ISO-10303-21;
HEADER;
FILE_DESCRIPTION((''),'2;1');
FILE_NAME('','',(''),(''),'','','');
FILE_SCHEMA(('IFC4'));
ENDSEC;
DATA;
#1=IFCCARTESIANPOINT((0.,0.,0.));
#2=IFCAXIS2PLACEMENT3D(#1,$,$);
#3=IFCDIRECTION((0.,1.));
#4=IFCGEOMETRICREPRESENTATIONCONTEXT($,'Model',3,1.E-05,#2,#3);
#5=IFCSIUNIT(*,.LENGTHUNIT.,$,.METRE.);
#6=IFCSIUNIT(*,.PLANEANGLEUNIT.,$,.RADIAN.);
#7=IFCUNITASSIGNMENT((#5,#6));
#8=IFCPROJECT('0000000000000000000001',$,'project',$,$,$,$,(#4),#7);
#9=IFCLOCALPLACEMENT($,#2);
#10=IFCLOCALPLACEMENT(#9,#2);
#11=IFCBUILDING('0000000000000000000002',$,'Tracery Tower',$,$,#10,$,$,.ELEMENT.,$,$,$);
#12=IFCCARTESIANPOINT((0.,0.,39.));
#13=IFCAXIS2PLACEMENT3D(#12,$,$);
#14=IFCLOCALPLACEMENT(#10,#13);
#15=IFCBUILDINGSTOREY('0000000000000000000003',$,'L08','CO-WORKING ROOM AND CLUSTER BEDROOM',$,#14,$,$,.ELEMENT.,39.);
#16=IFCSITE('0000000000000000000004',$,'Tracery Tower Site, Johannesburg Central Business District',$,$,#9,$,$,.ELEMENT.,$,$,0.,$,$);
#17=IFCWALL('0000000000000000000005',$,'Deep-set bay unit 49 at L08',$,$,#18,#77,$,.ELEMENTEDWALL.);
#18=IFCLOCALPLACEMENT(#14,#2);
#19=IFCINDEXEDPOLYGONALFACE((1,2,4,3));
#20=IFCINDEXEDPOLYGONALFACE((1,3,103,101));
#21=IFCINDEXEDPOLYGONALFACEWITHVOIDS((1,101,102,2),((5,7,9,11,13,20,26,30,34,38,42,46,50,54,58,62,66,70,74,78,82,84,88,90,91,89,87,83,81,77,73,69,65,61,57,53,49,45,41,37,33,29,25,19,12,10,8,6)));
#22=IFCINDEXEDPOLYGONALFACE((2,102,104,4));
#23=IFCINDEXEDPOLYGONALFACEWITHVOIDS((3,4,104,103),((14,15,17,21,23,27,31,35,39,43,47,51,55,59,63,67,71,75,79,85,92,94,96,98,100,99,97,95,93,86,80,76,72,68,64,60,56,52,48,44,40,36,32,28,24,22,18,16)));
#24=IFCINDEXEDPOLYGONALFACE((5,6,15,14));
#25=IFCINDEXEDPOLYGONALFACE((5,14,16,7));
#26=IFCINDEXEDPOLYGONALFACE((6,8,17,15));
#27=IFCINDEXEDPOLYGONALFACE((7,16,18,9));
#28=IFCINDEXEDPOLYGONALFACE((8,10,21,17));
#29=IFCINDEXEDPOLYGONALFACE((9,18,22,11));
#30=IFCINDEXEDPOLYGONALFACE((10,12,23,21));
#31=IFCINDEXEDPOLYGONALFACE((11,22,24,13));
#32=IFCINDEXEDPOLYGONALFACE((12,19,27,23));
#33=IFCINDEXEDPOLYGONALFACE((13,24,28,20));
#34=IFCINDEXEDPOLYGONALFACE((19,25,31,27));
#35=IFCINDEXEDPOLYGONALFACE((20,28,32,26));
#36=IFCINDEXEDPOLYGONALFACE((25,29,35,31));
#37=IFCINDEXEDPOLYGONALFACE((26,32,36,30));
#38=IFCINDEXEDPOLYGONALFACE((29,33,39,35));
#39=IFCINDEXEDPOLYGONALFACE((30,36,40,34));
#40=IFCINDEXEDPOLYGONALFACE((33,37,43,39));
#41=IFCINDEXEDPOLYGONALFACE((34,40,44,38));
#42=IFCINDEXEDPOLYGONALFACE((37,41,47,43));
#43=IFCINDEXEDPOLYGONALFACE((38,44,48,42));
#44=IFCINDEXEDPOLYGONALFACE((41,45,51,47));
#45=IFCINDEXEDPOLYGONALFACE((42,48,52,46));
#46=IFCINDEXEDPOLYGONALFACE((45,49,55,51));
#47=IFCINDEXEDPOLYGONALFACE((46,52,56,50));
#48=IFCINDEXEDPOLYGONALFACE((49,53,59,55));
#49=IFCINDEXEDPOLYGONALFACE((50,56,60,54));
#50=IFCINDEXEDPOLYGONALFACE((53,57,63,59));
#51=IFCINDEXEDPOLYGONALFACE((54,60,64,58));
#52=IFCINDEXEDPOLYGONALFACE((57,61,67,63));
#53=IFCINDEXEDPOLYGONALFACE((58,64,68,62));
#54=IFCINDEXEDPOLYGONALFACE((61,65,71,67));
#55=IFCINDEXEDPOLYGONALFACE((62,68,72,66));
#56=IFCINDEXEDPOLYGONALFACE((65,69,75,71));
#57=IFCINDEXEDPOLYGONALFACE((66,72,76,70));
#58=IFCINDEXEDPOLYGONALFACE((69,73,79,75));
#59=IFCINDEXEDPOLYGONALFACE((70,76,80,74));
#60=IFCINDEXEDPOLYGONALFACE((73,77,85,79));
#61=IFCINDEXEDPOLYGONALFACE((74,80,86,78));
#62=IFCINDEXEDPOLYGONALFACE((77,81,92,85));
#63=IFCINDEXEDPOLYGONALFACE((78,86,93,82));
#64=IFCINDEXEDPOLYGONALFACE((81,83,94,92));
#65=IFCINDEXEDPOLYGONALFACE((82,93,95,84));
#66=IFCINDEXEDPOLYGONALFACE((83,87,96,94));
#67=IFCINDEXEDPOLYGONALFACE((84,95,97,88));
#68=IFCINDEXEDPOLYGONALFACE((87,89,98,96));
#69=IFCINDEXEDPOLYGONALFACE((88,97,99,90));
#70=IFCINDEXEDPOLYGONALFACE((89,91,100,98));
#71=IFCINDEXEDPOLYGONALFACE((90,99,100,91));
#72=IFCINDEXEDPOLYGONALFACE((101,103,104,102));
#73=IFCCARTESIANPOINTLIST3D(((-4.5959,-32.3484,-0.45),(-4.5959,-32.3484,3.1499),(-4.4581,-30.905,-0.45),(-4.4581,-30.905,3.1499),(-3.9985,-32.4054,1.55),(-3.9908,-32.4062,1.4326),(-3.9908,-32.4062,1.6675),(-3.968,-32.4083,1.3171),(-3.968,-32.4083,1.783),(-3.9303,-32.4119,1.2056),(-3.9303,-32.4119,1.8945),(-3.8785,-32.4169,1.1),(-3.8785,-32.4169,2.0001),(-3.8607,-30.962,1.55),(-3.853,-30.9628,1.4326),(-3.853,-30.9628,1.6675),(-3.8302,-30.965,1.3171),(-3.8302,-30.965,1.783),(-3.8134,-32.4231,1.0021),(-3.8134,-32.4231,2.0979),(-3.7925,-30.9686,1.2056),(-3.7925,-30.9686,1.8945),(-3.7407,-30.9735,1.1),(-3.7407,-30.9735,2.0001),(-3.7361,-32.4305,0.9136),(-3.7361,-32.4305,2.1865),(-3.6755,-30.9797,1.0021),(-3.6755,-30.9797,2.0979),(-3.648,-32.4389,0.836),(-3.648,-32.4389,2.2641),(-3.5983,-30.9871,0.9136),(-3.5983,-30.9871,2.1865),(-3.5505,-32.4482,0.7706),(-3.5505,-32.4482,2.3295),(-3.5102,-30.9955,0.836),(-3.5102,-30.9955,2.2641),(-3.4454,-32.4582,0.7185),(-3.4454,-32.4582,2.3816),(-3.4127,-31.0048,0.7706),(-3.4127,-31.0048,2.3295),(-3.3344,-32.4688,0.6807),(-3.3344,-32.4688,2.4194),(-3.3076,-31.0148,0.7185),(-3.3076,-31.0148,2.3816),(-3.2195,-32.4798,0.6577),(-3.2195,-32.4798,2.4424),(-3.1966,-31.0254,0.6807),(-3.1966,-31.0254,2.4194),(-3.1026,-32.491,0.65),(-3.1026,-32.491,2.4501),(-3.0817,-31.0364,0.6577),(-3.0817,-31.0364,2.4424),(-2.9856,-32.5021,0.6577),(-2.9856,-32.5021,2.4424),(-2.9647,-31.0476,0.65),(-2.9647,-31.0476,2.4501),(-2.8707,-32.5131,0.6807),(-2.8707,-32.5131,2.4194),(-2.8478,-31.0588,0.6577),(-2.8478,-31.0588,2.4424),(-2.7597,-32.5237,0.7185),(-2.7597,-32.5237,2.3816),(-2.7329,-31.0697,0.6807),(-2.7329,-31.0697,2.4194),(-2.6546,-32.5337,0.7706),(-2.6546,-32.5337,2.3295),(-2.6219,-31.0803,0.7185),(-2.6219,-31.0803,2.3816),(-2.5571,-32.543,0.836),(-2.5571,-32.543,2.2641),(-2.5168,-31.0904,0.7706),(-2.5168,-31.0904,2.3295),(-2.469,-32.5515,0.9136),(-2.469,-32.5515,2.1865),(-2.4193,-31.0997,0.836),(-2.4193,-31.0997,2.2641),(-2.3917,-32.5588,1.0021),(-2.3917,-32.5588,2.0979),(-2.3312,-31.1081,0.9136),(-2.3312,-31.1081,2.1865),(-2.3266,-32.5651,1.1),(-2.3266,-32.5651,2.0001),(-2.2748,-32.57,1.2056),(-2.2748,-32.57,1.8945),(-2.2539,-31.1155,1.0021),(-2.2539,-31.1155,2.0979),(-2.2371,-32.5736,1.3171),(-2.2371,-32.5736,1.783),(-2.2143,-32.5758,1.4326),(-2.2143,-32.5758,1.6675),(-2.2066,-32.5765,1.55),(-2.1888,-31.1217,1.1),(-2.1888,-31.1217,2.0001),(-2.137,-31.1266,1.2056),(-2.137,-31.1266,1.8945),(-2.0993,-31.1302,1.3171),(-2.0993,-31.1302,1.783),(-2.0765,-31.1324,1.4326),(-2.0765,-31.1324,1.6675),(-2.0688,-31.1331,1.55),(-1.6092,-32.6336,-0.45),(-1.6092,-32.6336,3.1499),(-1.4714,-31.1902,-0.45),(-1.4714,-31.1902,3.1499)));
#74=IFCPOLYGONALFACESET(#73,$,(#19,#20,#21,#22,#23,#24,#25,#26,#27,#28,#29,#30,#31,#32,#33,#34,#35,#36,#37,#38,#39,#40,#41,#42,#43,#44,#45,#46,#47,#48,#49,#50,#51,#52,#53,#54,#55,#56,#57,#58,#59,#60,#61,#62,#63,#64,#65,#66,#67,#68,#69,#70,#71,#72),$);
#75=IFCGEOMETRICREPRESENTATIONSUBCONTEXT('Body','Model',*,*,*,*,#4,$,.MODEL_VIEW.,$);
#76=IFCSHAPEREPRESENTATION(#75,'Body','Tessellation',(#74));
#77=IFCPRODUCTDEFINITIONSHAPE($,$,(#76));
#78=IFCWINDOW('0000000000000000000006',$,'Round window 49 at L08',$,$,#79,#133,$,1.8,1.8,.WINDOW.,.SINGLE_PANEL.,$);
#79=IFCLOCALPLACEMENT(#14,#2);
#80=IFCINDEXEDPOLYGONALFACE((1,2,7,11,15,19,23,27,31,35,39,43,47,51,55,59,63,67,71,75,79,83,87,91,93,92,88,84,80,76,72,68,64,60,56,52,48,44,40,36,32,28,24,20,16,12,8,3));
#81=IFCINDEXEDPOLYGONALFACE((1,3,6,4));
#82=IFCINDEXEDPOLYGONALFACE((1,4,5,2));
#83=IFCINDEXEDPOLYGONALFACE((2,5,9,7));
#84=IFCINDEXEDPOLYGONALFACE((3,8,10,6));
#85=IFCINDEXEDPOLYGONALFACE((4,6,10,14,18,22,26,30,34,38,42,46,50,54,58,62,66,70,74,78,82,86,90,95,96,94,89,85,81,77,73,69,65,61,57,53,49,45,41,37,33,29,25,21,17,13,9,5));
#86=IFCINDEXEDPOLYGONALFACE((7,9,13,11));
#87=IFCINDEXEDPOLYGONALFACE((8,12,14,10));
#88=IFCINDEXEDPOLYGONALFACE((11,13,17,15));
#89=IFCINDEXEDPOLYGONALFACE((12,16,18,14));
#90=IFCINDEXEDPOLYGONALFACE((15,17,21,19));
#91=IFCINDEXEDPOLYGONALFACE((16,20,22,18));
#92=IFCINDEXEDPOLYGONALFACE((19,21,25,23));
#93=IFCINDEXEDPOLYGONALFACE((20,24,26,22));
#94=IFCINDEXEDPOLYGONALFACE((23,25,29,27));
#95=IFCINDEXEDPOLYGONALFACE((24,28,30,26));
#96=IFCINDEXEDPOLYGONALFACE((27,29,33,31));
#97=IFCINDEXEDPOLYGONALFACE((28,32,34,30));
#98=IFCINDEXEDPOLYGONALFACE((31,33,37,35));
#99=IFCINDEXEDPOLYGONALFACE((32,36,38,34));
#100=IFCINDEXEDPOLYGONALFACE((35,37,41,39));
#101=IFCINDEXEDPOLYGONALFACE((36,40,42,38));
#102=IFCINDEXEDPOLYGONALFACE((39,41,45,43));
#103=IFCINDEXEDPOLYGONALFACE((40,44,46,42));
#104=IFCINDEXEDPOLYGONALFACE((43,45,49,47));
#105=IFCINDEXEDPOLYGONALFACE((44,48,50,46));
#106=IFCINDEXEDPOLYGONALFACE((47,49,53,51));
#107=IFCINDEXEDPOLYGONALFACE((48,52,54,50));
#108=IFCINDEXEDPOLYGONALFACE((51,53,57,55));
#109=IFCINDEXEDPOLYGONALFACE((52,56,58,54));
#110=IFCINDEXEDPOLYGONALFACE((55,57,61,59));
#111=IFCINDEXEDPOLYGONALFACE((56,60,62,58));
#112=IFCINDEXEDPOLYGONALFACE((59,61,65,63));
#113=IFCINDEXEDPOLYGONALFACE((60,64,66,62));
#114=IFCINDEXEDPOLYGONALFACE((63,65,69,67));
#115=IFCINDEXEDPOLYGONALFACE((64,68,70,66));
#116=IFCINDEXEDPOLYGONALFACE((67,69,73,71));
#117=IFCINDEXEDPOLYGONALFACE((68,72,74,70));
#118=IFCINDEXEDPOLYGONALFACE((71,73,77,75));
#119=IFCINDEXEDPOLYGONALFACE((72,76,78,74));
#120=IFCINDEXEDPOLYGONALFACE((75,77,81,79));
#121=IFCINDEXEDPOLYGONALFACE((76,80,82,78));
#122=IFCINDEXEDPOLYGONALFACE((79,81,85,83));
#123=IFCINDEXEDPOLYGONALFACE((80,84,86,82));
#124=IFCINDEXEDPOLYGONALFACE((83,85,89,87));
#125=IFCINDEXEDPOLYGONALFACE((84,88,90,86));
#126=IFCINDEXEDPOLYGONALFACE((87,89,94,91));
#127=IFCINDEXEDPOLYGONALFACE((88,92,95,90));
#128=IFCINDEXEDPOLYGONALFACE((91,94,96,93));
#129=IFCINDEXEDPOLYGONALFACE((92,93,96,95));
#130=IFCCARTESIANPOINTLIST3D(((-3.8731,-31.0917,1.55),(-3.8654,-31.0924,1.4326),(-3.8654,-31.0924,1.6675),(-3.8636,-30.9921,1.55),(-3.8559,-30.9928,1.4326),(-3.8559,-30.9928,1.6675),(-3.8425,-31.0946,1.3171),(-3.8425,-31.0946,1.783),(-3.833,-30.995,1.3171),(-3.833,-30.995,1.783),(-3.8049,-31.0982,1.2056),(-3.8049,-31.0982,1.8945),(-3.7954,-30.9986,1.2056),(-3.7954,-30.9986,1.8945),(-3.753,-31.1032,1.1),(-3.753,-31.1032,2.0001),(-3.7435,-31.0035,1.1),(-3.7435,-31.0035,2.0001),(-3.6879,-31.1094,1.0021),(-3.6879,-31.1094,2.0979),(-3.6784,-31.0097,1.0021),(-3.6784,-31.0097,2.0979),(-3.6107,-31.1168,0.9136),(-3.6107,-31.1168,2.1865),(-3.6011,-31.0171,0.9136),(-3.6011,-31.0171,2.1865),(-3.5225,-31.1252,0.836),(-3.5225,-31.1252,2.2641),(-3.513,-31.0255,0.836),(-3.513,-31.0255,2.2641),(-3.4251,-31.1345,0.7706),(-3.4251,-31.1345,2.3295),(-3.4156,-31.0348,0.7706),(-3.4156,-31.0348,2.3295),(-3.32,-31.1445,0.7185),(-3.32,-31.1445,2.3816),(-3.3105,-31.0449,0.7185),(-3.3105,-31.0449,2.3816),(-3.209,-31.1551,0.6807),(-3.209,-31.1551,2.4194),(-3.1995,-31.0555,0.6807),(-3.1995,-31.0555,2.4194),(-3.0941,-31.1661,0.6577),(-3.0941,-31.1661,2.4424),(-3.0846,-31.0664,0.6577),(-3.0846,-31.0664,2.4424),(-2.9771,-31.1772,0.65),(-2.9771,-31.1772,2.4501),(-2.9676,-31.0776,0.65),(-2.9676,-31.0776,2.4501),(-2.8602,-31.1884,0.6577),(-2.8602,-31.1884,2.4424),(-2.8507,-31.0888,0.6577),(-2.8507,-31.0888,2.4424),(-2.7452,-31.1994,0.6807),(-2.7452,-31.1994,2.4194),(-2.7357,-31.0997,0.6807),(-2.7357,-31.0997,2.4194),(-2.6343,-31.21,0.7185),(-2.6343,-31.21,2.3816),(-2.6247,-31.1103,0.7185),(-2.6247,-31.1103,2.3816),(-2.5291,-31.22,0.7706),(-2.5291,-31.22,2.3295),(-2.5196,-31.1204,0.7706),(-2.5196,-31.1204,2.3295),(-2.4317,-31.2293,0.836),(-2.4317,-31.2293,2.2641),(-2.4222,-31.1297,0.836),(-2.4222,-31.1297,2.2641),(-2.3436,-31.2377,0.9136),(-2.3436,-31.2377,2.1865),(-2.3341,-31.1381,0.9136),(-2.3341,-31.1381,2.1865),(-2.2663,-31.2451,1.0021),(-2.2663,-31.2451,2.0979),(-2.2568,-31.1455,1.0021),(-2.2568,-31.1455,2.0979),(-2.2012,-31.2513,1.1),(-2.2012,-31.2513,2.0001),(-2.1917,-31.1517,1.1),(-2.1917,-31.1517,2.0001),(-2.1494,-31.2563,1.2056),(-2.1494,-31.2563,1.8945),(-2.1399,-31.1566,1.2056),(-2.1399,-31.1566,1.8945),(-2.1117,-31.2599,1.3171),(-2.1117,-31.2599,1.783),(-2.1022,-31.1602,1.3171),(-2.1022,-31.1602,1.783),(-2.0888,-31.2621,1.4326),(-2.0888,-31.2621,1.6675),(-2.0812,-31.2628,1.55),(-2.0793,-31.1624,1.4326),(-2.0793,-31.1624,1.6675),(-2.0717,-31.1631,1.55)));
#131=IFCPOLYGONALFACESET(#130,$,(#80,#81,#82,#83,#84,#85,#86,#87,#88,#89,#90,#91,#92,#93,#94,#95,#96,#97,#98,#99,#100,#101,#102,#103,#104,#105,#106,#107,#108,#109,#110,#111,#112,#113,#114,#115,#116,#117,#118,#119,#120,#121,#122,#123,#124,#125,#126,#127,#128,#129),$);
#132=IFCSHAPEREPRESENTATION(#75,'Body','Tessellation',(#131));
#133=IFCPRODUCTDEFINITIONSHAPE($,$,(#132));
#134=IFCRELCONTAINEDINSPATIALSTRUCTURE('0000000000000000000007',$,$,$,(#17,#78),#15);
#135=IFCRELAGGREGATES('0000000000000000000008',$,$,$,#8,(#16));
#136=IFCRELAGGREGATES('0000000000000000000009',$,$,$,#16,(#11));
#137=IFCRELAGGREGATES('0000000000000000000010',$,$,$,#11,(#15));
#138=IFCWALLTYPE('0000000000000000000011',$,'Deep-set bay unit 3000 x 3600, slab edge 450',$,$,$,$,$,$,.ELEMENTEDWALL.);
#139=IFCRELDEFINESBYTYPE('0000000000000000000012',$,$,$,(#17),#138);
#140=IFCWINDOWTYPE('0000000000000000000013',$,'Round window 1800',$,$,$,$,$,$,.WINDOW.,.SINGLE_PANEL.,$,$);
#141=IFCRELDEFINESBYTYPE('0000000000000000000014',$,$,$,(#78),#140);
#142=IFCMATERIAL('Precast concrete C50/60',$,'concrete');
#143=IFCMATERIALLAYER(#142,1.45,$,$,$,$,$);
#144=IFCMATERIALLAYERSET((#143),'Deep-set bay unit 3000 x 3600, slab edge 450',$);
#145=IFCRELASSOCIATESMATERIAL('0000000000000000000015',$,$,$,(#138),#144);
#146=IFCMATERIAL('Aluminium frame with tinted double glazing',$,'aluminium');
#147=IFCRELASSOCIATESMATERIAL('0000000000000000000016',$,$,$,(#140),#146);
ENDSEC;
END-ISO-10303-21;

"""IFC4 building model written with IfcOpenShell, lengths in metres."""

from ifc_helpers import new_model, si_unit, direction, frame, frame_2d, origin, origin_2d, place, context, subcontext, project, spatial, rectangle, circle, extrude, material, layer, layer_set, type_object, element, fill, save


model = new_model("IFC4")

# Units and contexts
model_context = context("Model", 3, precision=1e-05, world=origin(), true_north=direction((0.0, 1.0)))
body_context = subcontext(model_context, "Body", "Model", "MODEL_VIEW")
ifc_project = project(units=[si_unit("LENGTHUNIT", "METRE"), si_unit("PLANEANGLEUNIT", "RADIAN")], contexts=[model_context])

# Site, building, storey
site_placement = place(None, origin())
site = spatial("IfcSite", under=ifc_project, at=site_placement, Name="Tracery Tower Site, Johannesburg Central Business District", CompositionType="ELEMENT", RefElevation=0.0)
building_placement = place(site_placement, origin())
building = spatial("IfcBuilding", under=site, at=building_placement, Name="Tracery Tower", CompositionType="ELEMENT")
storey_placement = place(building_placement, frame((0.0, 0.0, 39.0)))
storey = spatial("IfcBuildingStorey", under=building, at=storey_placement, Name="L08", Description="CO-WORKING ROOM AND CLUSTER BEDROOM", CompositionType="ELEMENT", Elevation=39.0)

# Wall, opening, window
ifc_material_1 = material(Name="Precast concrete C50/60", Category="concrete")
ifc_layer_1 = layer(ifc_material_1, 1.45)
ifc_layer_set_1 = layer_set([ifc_layer_1], Name="Deep-set bay unit 3000 x 3600, slab edge 450")
wall_type_1 = type_object("IfcWallType", Name="Deep-set bay unit 3000 x 3600, slab edge 450", PredefinedType="ELEMENTEDWALL", material=ifc_layer_set_1)
ifc_material_2 = material(Name="Aluminium frame with tinted double glazing", Category="aluminium")
window_type = type_object("IfcWindowType", Name="Round window 1800", PartitioningType="SINGLE_PANEL", PredefinedType="WINDOW", material=ifc_material_2)
wall_1_placement = place(storey_placement, frame((-4.5269, -31.6267, -0.45), z_axis=(0.0, 0.0, 1.0), x_axis=(0.995473, -0.095047, 0.0)))
wall_1 = element("IfcWall", 1, at=wall_1_placement, inside=storey, type_object=wall_type_1, Name="Deep-set bay unit 49 at L08", PredefinedType="ELEMENTEDWALL", context=body_context, shape_type="SweptSolid", body=[
    extrude(rectangle(XDim=3.0002, YDim=1.45, at=frame_2d((1.5, 0.0))), origin(), (0.0, 0.0, 1.0), 3.5999),
])
opening_1_placement = place(wall_1_placement, frame((1.5, 0.0, 2.0)))
opening_1 = element("IfcOpeningElement", 2, at=opening_1_placement, cuts=wall_1, PredefinedType="OPENING", context=body_context, shape_type="SweptSolid", body=[
    extrude(circle(Radius=0.9, at=origin_2d()), frame((0.0, 0.7349, 0.0), z_axis=(0.0, -1.0, 0.0), x_axis=(1.0, 0.0, 0.0)), (0.0, 0.0, 1.0), 1.47),
])
window_1_placement = place(opening_1_placement, origin())
window_1 = element("IfcWindow", 3, at=window_1_placement, inside=storey, type_object=window_type, Name="Round window 49 at L08", OverallHeight=1.8, OverallWidth=1.8, PartitioningType="SINGLE_PANEL", PredefinedType="WINDOW", context=body_context, shape_type="SweptSolid", body=[
    extrude(circle(Radius=0.9, at=origin_2d()), frame((0.0, 0.6948, 0.0), z_axis=(0.0, -1.0, 0.0), x_axis=(1.0, 0.0, 0.0)), (0.0, 0.0, 1.0), 0.1001),
])
fill(opening_1, window_1)

save(model, "model.ifc")
